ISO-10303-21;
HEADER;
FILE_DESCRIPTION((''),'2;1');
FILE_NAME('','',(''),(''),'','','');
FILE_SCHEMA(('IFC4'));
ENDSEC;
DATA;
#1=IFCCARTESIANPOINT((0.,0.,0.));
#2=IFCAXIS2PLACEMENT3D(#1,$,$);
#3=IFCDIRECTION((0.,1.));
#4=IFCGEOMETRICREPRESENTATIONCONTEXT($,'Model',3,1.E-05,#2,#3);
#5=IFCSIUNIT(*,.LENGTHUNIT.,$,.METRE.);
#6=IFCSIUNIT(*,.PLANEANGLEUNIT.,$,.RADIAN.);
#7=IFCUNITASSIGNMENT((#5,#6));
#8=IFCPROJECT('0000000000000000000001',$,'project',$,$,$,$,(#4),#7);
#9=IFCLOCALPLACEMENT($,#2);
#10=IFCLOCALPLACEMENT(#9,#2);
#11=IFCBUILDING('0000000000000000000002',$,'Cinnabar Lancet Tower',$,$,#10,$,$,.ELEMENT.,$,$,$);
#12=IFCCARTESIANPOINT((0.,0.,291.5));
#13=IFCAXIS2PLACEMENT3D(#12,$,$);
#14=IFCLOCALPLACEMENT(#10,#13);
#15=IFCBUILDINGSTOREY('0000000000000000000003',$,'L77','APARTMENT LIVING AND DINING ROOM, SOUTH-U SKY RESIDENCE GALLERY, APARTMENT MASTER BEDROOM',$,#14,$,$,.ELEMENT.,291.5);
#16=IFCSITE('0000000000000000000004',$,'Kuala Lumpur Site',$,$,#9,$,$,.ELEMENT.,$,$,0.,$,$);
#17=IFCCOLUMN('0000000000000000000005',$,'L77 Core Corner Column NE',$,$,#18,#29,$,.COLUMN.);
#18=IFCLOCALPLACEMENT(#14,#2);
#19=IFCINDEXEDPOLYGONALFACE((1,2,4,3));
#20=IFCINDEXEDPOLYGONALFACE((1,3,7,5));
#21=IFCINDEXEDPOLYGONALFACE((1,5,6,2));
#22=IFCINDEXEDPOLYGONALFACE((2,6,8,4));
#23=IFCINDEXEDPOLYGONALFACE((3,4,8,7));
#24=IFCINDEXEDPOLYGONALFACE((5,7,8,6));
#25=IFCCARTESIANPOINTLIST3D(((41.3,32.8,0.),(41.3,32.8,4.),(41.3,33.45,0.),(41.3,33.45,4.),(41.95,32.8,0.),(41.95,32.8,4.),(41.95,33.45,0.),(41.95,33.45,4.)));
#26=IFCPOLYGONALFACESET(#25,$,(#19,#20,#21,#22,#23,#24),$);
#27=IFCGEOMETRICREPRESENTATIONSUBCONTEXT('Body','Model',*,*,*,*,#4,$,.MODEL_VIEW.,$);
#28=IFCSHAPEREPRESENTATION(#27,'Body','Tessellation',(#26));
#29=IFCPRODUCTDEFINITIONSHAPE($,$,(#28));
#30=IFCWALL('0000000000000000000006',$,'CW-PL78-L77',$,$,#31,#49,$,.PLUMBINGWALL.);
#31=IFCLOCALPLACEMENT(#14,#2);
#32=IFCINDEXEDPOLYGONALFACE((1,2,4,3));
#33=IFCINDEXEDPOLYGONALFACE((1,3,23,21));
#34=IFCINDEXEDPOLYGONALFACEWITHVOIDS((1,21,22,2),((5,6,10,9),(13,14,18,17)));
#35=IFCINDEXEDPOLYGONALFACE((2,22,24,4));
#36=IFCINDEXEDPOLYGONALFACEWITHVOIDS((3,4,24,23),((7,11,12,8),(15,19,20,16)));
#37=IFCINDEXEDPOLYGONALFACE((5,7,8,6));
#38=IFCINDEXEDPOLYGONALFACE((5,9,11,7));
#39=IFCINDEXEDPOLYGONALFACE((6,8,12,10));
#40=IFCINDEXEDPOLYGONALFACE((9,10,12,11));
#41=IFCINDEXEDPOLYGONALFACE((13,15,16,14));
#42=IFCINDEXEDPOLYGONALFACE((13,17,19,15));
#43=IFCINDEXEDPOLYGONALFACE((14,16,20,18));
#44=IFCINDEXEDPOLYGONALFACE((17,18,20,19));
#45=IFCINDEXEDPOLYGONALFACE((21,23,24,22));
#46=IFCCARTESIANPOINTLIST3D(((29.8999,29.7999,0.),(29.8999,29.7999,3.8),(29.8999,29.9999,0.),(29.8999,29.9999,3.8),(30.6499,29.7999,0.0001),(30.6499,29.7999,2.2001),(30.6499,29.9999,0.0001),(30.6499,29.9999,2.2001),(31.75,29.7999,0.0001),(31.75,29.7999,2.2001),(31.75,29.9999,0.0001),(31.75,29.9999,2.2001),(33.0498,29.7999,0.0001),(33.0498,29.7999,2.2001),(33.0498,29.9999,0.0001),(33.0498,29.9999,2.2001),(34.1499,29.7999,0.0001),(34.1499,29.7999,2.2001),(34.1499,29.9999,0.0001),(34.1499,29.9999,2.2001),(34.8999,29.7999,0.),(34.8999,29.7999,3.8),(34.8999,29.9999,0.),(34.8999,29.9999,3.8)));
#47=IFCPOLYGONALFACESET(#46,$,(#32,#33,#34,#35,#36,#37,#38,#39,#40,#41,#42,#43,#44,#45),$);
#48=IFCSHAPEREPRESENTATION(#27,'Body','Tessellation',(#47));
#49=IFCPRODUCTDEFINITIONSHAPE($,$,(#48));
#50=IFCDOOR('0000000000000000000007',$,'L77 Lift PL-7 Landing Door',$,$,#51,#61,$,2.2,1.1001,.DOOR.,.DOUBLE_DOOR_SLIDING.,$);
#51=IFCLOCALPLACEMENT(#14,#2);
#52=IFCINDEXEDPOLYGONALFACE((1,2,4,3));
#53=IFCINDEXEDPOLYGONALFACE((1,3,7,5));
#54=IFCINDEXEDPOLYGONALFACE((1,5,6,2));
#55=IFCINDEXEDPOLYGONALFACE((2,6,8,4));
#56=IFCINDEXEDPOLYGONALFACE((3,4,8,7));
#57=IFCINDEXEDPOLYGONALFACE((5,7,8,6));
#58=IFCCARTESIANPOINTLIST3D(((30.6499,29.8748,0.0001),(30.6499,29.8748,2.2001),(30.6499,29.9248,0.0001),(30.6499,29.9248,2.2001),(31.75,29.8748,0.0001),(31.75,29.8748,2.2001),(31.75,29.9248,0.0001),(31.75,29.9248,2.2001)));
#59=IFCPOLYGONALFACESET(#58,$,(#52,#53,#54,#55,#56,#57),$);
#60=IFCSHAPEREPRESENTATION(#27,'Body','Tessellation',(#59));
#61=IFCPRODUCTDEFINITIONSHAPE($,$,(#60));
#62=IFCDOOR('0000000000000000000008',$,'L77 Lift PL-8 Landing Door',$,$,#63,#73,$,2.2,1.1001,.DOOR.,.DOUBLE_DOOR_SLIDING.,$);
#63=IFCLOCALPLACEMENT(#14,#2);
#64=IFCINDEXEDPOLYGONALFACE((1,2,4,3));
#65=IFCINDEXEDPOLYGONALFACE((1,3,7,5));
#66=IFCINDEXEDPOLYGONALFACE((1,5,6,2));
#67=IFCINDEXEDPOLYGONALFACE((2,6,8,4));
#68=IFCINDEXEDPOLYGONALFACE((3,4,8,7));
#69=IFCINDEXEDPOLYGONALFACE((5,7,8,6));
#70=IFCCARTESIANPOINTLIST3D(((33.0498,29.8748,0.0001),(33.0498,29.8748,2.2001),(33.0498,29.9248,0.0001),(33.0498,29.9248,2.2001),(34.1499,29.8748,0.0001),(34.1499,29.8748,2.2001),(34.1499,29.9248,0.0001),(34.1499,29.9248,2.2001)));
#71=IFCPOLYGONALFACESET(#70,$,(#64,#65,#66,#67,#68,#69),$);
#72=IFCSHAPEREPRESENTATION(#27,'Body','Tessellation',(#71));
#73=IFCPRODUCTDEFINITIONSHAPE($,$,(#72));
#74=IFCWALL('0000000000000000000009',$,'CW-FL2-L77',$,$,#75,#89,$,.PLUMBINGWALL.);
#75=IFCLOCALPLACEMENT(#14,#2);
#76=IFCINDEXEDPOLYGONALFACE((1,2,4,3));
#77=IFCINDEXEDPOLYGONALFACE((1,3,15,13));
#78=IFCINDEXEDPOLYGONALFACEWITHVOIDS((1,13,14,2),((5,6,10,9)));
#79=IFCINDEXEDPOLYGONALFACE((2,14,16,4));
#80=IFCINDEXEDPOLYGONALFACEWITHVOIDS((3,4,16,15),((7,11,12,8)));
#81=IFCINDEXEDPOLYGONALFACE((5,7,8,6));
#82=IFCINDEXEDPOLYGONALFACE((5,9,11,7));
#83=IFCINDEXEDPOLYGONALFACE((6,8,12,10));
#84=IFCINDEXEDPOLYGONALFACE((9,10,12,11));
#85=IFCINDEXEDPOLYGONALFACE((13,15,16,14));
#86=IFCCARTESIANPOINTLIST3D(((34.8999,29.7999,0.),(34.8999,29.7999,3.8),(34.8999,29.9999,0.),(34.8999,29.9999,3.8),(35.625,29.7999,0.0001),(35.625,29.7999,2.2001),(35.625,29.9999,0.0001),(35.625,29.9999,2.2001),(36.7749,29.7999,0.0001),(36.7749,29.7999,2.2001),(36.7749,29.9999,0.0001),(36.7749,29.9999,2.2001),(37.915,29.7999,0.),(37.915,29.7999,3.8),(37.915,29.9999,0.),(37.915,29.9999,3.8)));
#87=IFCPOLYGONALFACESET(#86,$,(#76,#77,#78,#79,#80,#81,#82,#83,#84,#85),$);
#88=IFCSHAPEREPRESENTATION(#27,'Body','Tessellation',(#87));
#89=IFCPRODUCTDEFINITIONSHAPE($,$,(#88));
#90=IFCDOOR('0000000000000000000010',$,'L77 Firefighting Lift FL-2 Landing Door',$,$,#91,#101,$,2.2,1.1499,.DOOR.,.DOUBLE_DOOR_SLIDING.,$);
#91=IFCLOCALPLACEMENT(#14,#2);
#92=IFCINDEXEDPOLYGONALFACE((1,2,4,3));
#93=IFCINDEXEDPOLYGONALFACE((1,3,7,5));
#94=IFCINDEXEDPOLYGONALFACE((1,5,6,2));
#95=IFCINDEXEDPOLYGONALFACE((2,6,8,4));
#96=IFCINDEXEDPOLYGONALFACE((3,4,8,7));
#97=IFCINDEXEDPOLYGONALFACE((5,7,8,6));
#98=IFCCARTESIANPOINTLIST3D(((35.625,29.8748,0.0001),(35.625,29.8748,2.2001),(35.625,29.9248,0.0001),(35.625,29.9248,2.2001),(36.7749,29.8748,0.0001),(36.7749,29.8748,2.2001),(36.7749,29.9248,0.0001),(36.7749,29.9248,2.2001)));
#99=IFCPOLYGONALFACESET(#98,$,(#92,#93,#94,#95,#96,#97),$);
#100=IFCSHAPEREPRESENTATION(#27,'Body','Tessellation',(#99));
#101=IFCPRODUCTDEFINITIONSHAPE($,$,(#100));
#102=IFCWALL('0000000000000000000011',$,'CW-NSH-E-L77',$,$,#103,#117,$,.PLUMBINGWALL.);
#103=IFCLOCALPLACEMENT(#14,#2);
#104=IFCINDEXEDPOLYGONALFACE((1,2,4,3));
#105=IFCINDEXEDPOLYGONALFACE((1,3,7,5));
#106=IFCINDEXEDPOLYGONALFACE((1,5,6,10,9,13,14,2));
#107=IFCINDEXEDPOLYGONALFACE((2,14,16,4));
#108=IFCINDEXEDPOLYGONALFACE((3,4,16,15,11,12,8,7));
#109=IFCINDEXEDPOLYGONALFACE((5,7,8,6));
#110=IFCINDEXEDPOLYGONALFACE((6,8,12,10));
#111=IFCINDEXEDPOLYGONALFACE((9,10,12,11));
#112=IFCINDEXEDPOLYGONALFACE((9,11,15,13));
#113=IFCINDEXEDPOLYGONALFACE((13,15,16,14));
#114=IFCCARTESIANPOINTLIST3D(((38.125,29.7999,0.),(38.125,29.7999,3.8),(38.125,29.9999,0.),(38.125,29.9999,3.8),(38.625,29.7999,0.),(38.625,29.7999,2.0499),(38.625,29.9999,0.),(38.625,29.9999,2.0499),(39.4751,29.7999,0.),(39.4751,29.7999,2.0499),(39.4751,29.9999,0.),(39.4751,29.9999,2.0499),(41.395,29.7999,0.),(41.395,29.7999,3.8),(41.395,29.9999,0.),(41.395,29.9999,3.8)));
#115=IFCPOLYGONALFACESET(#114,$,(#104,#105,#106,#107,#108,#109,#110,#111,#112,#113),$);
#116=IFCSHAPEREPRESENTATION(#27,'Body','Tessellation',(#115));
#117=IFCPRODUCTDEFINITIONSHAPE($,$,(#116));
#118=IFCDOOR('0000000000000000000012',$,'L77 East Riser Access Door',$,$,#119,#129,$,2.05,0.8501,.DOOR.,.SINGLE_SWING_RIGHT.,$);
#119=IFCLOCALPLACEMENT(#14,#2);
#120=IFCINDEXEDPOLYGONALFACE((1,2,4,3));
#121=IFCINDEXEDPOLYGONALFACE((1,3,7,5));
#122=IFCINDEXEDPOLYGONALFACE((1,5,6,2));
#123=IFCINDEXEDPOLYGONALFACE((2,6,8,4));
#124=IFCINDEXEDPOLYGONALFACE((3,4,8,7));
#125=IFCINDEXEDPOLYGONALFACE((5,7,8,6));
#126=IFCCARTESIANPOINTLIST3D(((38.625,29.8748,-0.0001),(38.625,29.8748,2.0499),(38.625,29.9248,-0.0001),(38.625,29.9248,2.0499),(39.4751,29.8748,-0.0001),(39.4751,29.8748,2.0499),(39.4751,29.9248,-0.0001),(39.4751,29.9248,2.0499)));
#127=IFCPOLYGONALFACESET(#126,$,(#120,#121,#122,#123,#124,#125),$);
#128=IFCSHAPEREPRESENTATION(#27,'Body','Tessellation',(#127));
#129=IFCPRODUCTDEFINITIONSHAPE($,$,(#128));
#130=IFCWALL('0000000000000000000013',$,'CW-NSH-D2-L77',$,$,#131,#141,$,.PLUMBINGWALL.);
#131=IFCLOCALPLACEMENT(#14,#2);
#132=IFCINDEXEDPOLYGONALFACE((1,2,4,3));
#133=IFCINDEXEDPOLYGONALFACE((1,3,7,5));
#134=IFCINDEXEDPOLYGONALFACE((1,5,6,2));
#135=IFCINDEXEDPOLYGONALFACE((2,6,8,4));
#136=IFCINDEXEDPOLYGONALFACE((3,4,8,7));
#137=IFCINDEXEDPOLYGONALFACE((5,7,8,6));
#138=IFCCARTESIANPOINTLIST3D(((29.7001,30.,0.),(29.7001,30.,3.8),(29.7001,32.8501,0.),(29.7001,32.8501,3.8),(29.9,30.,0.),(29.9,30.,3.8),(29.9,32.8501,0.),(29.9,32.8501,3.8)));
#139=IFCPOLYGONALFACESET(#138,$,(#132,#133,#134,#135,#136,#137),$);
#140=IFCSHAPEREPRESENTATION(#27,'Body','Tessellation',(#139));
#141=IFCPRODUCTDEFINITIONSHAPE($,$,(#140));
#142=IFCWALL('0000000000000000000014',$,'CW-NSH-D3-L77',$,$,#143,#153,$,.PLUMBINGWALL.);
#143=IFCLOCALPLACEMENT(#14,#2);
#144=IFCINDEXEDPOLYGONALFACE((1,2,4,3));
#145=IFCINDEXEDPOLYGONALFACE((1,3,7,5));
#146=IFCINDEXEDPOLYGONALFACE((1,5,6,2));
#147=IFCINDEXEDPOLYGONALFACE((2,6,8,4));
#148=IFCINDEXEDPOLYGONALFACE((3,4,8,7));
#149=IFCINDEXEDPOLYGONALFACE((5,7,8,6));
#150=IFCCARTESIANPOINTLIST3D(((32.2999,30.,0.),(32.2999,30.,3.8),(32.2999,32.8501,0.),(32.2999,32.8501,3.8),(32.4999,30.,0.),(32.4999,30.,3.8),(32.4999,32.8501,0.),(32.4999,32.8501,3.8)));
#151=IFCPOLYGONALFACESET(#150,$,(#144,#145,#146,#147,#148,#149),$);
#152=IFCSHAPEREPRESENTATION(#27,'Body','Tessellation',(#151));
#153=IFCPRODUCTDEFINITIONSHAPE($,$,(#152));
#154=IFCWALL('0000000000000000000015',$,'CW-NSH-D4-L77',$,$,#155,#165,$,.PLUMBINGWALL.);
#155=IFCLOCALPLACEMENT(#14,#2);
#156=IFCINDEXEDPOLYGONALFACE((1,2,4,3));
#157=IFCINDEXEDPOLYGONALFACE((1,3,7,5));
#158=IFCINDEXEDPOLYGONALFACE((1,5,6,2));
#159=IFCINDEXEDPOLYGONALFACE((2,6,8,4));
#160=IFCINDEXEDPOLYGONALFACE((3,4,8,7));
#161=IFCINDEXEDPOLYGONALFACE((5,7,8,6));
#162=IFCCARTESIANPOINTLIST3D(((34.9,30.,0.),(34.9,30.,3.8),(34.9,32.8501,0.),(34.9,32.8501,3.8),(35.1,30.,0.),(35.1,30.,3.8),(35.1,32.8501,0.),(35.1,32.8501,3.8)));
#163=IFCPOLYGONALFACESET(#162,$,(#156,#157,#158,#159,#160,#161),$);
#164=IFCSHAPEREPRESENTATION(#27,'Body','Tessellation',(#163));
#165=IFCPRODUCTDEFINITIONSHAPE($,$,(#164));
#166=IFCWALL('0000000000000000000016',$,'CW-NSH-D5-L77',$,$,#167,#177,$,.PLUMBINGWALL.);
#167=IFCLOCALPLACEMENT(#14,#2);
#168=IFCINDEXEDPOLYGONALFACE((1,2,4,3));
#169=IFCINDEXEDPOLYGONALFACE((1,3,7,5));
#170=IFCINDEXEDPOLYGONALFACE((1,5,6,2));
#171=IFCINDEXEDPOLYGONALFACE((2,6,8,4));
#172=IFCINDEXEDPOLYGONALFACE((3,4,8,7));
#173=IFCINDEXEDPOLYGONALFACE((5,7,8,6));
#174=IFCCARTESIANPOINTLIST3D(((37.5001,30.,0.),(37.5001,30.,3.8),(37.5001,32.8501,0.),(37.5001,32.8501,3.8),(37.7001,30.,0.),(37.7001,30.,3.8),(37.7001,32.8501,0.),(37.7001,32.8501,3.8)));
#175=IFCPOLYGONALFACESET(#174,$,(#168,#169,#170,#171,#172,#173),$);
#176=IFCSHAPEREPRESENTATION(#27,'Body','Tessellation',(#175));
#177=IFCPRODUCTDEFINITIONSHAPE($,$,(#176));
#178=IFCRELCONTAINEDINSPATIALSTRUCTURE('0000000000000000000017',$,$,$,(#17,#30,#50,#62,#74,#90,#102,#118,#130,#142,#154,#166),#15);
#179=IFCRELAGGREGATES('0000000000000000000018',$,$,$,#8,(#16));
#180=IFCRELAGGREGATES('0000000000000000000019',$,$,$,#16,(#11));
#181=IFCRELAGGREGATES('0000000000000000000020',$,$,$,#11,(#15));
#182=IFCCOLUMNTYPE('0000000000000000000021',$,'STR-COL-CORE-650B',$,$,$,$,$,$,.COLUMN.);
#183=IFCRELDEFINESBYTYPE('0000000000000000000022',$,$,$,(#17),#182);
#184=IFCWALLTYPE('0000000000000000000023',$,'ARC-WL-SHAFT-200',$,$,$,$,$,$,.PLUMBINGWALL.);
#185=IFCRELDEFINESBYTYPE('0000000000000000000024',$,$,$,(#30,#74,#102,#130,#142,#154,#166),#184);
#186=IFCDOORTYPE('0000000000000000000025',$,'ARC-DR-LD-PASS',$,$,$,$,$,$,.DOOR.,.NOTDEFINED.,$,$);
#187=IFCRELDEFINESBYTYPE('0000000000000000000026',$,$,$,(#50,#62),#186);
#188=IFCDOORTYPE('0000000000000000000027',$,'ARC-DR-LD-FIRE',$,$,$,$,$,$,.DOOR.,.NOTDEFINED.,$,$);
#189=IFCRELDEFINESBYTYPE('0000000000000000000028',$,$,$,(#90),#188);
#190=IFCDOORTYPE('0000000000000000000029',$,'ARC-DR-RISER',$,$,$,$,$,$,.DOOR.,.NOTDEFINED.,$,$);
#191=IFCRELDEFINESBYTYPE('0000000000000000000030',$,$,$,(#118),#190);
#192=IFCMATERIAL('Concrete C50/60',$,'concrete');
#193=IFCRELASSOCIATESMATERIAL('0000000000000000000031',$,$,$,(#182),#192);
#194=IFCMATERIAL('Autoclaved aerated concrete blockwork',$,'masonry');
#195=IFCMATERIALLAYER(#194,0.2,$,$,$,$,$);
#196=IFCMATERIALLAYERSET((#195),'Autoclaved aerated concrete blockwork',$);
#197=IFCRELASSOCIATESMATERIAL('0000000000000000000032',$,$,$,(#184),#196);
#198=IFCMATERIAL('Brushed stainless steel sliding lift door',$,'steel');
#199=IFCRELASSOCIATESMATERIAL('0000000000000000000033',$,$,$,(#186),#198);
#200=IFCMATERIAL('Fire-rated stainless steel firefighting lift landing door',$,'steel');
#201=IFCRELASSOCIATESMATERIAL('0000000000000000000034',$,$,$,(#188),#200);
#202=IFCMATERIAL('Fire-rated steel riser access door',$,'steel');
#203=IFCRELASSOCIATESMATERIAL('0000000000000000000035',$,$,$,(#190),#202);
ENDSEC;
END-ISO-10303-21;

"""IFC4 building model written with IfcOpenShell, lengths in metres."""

from ifc_helpers import new_model, si_unit, direction, frame, frame_2d, origin, origin_2d, place, context, subcontext, project, spatial, rectangle, extrude, material, layer, layer_set, material_profile, profile_set, type_object, element, fill, save


model = new_model("IFC4")

# Units and contexts
model_context = context("Model", 3, precision=1e-05, world=origin(), true_north=direction((0.0, 1.0)))
body_context = subcontext(model_context, "Body", "Model", "MODEL_VIEW")
ifc_project = project(units=[si_unit("LENGTHUNIT", "METRE"), si_unit("PLANEANGLEUNIT", "RADIAN")], contexts=[model_context])

# Site, building, storey
site_placement = place(None, origin())
site = spatial("IfcSite", under=ifc_project, at=site_placement, Name="Kuala Lumpur Site", CompositionType="ELEMENT", RefElevation=0.0)
building_placement = place(site_placement, origin())
building = spatial("IfcBuilding", under=site, at=building_placement, Name="Cinnabar Lancet Tower", CompositionType="ELEMENT")
storey_placement = place(building_placement, frame((0.0, 0.0, 291.5)))
storey = spatial("IfcBuildingStorey", under=building, at=storey_placement, Name="L77", Description="APARTMENT LIVING AND DINING ROOM, SOUTH-U SKY RESIDENCE GALLERY, APARTMENT MASTER BEDROOM", CompositionType="ELEMENT", Elevation=291.5)

# Column
ifc_material_1 = material(Name="Concrete C50/60", Category="concrete")
ifc_material_profile = material_profile(ifc_material_1, rectangle(XDim=0.6499, YDim=0.6499, at=origin_2d()), Name="RC-COL 650x650")
ifc_profile_set = profile_set([ifc_material_profile], Name="Concrete C50/60")
column_type = type_object("IfcColumnType", Name="STR-COL-CORE-650B", PredefinedType="COLUMN", material=ifc_profile_set)
column_placement = place(storey_placement, frame((41.625, 33.125, 0.0), z_axis=(0.0, 0.0, 1.0), x_axis=(1.0, 0.0, 0.0)))
element("IfcColumn", 1, at=column_placement, inside=storey, type_object=column_type, Name="L77 Core Corner Column NE", PredefinedType="COLUMN", context=body_context, shape_type="SweptSolid", body=[
    extrude(rectangle(XDim=0.6499, YDim=0.6499, at=origin_2d()), origin(), (0.0, 0.0, 1.0), 4.0),
])

# Wall, openings, doors
ifc_material_2 = material(Name="Autoclaved aerated concrete blockwork", Category="masonry")
ifc_layer_1 = layer(ifc_material_2, 0.2)
ifc_layer_set_1 = layer_set([ifc_layer_1], Name="Autoclaved aerated concrete blockwork")
wall_type_1 = type_object("IfcWallType", Name="ARC-WL-SHAFT-200", PredefinedType="PLUMBINGWALL", material=ifc_layer_set_1)
wall_1_placement = place(storey_placement, frame((29.8999, 29.8999, 0.0), z_axis=(0.0, 0.0, 1.0), x_axis=(1.0, 0.0, 0.0)))
wall_1 = element("IfcWall", 2, at=wall_1_placement, inside=storey, type_object=wall_type_1, Name="CW-PL78-L77", PredefinedType="PLUMBINGWALL", context=body_context, shape_type="SweptSolid", body=[
    extrude(rectangle(XDim=5.0, YDim=0.2, at=frame_2d((2.5, 0.0))), origin(), (0.0, 0.0, 1.0), 3.8),
])
opening_1_placement = place(wall_1_placement, frame((0.75, 0.0, 0.0)))
opening_1 = element("IfcOpeningElement", 3, at=opening_1_placement, cuts=wall_1, PredefinedType="OPENING", context=body_context, shape_type="SweptSolid", body=[
    extrude(rectangle(XDim=1.1001, YDim=2.2, at=frame_2d((0.55, 1.1001))), frame((0.0, 0.1099, 0.0), z_axis=(0.0, -1.0, 0.0), x_axis=(1.0, 0.0, 0.0)), (0.0, 0.0, 1.0), 0.22),
])
opening_2_placement = place(wall_1_placement, frame((3.1499, 0.0, 0.0)))
opening_2 = element("IfcOpeningElement", 4, at=opening_2_placement, cuts=wall_1, PredefinedType="OPENING", context=body_context, shape_type="SweptSolid", body=[
    extrude(rectangle(XDim=1.1001, YDim=2.2, at=frame_2d((0.55, 1.1001))), frame((0.0, 0.1099, 0.0), z_axis=(0.0, -1.0, 0.0), x_axis=(1.0, 0.0, 0.0)), (0.0, 0.0, 1.0), 0.22),
])
ifc_material_3 = material(Name="Brushed stainless steel sliding lift door", Category="steel")
door_type_1 = type_object("IfcDoorType", Name="ARC-DR-LD-PASS", OperationType="NOTDEFINED", PredefinedType="DOOR", material=ifc_material_3)
door_1_placement = place(opening_1_placement, origin())
door_1 = element("IfcDoor", 5, at=door_1_placement, inside=storey, type_object=door_type_1, Name="L77 Lift PL-7 Landing Door", OperationType="DOUBLE_DOOR_SLIDING", OverallHeight=2.2, OverallWidth=1.1001, PredefinedType="DOOR", context=body_context, shape_type="SweptSolid", body=[
    extrude(rectangle(XDim=1.1001, YDim=2.2, at=frame_2d((0.55, 1.1001))), frame((0.0, 0.0249, 0.0), z_axis=(0.0, -1.0, 0.0), x_axis=(1.0, 0.0, 0.0)), (0.0, 0.0, 1.0), 0.05),
])
fill(opening_1, door_1)
door_2_placement = place(opening_2_placement, origin())
door_2 = element("IfcDoor", 6, at=door_2_placement, inside=storey, type_object=door_type_1, Name="L77 Lift PL-8 Landing Door", OperationType="DOUBLE_DOOR_SLIDING", OverallHeight=2.2, OverallWidth=1.1001, PredefinedType="DOOR", context=body_context, shape_type="SweptSolid", body=[
    extrude(rectangle(XDim=1.1001, YDim=2.2, at=frame_2d((0.55, 1.1001))), frame((0.0, 0.0249, 0.0), z_axis=(0.0, -1.0, 0.0), x_axis=(1.0, 0.0, 0.0)), (0.0, 0.0, 1.0), 0.05),
])
fill(opening_2, door_2)

# Walls, openings, doors
wall_2_placement = place(storey_placement, frame((34.8999, 29.8999, 0.0), z_axis=(0.0, 0.0, 1.0), x_axis=(1.0, 0.0, 0.0)))
wall_2 = element("IfcWall", 7, at=wall_2_placement, inside=storey, type_object=wall_type_1, Name="CW-FL2-L77", PredefinedType="PLUMBINGWALL", context=body_context, shape_type="SweptSolid", body=[
    extrude(rectangle(XDim=3.0151, YDim=0.2, at=frame_2d((1.5076, 0.0))), origin(), (0.0, 0.0, 1.0), 3.8),
])
opening_3_placement = place(wall_2_placement, frame((0.7251, 0.0, 0.0)))
opening_3 = element("IfcOpeningElement", 8, at=opening_3_placement, cuts=wall_2, PredefinedType="OPENING", context=body_context, shape_type="SweptSolid", body=[
    extrude(rectangle(XDim=1.1499, YDim=2.2, at=frame_2d((0.575, 1.1001))), frame((0.0, 0.1099, 0.0), z_axis=(0.0, -1.0, 0.0), x_axis=(1.0, 0.0, 0.0)), (0.0, 0.0, 1.0), 0.22),
])
ifc_material_4 = material(Name="Fire-rated stainless steel firefighting lift landing door", Category="steel")
door_type_2 = type_object("IfcDoorType", Name="ARC-DR-LD-FIRE", OperationType="NOTDEFINED", PredefinedType="DOOR", material=ifc_material_4)
door_3_placement = place(opening_3_placement, origin())
door_3 = element("IfcDoor", 9, at=door_3_placement, inside=storey, type_object=door_type_2, Name="L77 Firefighting Lift FL-2 Landing Door", OperationType="DOUBLE_DOOR_SLIDING", OverallHeight=2.2, OverallWidth=1.1499, PredefinedType="DOOR", context=body_context, shape_type="SweptSolid", body=[
    extrude(rectangle(XDim=1.1499, YDim=2.2, at=frame_2d((0.575, 1.1001))), frame((0.0, 0.0249, 0.0), z_axis=(0.0, -1.0, 0.0), x_axis=(1.0, 0.0, 0.0)), (0.0, 0.0, 1.0), 0.05),
])
fill(opening_3, door_3)
wall_3_placement = place(storey_placement, frame((38.125, 29.8999, 0.0), z_axis=(0.0, 0.0, 1.0), x_axis=(1.0, 0.0, 0.0)))
wall_3 = element("IfcWall", 10, at=wall_3_placement, inside=storey, type_object=wall_type_1, Name="CW-NSH-E-L77", PredefinedType="PLUMBINGWALL", context=body_context, shape_type="SweptSolid", body=[
    extrude(rectangle(XDim=3.27, YDim=0.2, at=frame_2d((1.635, 0.0))), origin(), (0.0, 0.0, 1.0), 3.8),
])
opening_4_placement = place(wall_3_placement, frame((0.5, 0.0, 0.0)))
opening_4 = element("IfcOpeningElement", 11, at=opening_4_placement, cuts=wall_3, PredefinedType="OPENING", context=body_context, shape_type="SweptSolid", body=[
    extrude(rectangle(XDim=0.8501, YDim=2.05, at=frame_2d((0.425, 1.0249))), frame((0.0, 0.1099, 0.0), z_axis=(0.0, -1.0, 0.0), x_axis=(1.0, 0.0, 0.0)), (0.0, 0.0, 1.0), 0.22),
])
ifc_material_5 = material(Name="Fire-rated steel riser access door", Category="steel")
door_type_3 = type_object("IfcDoorType", Name="ARC-DR-RISER", OperationType="NOTDEFINED", PredefinedType="DOOR", material=ifc_material_5)
door_4_placement = place(opening_4_placement, origin())
door_4 = element("IfcDoor", 12, at=door_4_placement, inside=storey, type_object=door_type_3, Name="L77 East Riser Access Door", OperationType="SINGLE_SWING_RIGHT", OverallHeight=2.05, OverallWidth=0.8501, PredefinedType="DOOR", context=body_context, shape_type="SweptSolid", body=[
    extrude(rectangle(XDim=0.8501, YDim=2.05, at=frame_2d((0.425, 1.0249))), frame((0.0, 0.0249, 0.0), z_axis=(0.0, -1.0, 0.0), x_axis=(1.0, 0.0, 0.0)), (0.0, 0.0, 1.0), 0.05),
])
fill(opening_4, door_4)

# Walls
for number, where, z_axis, x_axis, name in (
    (13, (29.8, 30.0, 0.0), (0.0, 0.0, 1.0), (0.0, 1.0, 0.0), "CW-NSH-D2-L77"),
    (14, (32.3999, 30.0, 0.0), (0.0, 0.0, 1.0), (0.0, 1.0, 0.0), "CW-NSH-D3-L77"),
    (15, (35.0, 30.0, 0.0), (0.0, 0.0, 1.0), (0.0, 1.0, 0.0), "CW-NSH-D4-L77"),
    (16, (37.6001, 30.0, 0.0), (0.0, 0.0, 1.0), (0.0, 1.0, 0.0), "CW-NSH-D5-L77"),
):
    element("IfcWall", number, at=place(storey_placement, frame(where, z_axis=z_axis, x_axis=x_axis)), inside=storey, type_object=wall_type_1, Name=name, PredefinedType="PLUMBINGWALL", context=body_context, shape_type="SweptSolid", body=[
        extrude(rectangle(XDim=2.8501, YDim=0.2, at=frame_2d((1.425, 0.0))), origin(), (0.0, 0.0, 1.0), 3.8),
    ])

save(model, "model.ifc")
